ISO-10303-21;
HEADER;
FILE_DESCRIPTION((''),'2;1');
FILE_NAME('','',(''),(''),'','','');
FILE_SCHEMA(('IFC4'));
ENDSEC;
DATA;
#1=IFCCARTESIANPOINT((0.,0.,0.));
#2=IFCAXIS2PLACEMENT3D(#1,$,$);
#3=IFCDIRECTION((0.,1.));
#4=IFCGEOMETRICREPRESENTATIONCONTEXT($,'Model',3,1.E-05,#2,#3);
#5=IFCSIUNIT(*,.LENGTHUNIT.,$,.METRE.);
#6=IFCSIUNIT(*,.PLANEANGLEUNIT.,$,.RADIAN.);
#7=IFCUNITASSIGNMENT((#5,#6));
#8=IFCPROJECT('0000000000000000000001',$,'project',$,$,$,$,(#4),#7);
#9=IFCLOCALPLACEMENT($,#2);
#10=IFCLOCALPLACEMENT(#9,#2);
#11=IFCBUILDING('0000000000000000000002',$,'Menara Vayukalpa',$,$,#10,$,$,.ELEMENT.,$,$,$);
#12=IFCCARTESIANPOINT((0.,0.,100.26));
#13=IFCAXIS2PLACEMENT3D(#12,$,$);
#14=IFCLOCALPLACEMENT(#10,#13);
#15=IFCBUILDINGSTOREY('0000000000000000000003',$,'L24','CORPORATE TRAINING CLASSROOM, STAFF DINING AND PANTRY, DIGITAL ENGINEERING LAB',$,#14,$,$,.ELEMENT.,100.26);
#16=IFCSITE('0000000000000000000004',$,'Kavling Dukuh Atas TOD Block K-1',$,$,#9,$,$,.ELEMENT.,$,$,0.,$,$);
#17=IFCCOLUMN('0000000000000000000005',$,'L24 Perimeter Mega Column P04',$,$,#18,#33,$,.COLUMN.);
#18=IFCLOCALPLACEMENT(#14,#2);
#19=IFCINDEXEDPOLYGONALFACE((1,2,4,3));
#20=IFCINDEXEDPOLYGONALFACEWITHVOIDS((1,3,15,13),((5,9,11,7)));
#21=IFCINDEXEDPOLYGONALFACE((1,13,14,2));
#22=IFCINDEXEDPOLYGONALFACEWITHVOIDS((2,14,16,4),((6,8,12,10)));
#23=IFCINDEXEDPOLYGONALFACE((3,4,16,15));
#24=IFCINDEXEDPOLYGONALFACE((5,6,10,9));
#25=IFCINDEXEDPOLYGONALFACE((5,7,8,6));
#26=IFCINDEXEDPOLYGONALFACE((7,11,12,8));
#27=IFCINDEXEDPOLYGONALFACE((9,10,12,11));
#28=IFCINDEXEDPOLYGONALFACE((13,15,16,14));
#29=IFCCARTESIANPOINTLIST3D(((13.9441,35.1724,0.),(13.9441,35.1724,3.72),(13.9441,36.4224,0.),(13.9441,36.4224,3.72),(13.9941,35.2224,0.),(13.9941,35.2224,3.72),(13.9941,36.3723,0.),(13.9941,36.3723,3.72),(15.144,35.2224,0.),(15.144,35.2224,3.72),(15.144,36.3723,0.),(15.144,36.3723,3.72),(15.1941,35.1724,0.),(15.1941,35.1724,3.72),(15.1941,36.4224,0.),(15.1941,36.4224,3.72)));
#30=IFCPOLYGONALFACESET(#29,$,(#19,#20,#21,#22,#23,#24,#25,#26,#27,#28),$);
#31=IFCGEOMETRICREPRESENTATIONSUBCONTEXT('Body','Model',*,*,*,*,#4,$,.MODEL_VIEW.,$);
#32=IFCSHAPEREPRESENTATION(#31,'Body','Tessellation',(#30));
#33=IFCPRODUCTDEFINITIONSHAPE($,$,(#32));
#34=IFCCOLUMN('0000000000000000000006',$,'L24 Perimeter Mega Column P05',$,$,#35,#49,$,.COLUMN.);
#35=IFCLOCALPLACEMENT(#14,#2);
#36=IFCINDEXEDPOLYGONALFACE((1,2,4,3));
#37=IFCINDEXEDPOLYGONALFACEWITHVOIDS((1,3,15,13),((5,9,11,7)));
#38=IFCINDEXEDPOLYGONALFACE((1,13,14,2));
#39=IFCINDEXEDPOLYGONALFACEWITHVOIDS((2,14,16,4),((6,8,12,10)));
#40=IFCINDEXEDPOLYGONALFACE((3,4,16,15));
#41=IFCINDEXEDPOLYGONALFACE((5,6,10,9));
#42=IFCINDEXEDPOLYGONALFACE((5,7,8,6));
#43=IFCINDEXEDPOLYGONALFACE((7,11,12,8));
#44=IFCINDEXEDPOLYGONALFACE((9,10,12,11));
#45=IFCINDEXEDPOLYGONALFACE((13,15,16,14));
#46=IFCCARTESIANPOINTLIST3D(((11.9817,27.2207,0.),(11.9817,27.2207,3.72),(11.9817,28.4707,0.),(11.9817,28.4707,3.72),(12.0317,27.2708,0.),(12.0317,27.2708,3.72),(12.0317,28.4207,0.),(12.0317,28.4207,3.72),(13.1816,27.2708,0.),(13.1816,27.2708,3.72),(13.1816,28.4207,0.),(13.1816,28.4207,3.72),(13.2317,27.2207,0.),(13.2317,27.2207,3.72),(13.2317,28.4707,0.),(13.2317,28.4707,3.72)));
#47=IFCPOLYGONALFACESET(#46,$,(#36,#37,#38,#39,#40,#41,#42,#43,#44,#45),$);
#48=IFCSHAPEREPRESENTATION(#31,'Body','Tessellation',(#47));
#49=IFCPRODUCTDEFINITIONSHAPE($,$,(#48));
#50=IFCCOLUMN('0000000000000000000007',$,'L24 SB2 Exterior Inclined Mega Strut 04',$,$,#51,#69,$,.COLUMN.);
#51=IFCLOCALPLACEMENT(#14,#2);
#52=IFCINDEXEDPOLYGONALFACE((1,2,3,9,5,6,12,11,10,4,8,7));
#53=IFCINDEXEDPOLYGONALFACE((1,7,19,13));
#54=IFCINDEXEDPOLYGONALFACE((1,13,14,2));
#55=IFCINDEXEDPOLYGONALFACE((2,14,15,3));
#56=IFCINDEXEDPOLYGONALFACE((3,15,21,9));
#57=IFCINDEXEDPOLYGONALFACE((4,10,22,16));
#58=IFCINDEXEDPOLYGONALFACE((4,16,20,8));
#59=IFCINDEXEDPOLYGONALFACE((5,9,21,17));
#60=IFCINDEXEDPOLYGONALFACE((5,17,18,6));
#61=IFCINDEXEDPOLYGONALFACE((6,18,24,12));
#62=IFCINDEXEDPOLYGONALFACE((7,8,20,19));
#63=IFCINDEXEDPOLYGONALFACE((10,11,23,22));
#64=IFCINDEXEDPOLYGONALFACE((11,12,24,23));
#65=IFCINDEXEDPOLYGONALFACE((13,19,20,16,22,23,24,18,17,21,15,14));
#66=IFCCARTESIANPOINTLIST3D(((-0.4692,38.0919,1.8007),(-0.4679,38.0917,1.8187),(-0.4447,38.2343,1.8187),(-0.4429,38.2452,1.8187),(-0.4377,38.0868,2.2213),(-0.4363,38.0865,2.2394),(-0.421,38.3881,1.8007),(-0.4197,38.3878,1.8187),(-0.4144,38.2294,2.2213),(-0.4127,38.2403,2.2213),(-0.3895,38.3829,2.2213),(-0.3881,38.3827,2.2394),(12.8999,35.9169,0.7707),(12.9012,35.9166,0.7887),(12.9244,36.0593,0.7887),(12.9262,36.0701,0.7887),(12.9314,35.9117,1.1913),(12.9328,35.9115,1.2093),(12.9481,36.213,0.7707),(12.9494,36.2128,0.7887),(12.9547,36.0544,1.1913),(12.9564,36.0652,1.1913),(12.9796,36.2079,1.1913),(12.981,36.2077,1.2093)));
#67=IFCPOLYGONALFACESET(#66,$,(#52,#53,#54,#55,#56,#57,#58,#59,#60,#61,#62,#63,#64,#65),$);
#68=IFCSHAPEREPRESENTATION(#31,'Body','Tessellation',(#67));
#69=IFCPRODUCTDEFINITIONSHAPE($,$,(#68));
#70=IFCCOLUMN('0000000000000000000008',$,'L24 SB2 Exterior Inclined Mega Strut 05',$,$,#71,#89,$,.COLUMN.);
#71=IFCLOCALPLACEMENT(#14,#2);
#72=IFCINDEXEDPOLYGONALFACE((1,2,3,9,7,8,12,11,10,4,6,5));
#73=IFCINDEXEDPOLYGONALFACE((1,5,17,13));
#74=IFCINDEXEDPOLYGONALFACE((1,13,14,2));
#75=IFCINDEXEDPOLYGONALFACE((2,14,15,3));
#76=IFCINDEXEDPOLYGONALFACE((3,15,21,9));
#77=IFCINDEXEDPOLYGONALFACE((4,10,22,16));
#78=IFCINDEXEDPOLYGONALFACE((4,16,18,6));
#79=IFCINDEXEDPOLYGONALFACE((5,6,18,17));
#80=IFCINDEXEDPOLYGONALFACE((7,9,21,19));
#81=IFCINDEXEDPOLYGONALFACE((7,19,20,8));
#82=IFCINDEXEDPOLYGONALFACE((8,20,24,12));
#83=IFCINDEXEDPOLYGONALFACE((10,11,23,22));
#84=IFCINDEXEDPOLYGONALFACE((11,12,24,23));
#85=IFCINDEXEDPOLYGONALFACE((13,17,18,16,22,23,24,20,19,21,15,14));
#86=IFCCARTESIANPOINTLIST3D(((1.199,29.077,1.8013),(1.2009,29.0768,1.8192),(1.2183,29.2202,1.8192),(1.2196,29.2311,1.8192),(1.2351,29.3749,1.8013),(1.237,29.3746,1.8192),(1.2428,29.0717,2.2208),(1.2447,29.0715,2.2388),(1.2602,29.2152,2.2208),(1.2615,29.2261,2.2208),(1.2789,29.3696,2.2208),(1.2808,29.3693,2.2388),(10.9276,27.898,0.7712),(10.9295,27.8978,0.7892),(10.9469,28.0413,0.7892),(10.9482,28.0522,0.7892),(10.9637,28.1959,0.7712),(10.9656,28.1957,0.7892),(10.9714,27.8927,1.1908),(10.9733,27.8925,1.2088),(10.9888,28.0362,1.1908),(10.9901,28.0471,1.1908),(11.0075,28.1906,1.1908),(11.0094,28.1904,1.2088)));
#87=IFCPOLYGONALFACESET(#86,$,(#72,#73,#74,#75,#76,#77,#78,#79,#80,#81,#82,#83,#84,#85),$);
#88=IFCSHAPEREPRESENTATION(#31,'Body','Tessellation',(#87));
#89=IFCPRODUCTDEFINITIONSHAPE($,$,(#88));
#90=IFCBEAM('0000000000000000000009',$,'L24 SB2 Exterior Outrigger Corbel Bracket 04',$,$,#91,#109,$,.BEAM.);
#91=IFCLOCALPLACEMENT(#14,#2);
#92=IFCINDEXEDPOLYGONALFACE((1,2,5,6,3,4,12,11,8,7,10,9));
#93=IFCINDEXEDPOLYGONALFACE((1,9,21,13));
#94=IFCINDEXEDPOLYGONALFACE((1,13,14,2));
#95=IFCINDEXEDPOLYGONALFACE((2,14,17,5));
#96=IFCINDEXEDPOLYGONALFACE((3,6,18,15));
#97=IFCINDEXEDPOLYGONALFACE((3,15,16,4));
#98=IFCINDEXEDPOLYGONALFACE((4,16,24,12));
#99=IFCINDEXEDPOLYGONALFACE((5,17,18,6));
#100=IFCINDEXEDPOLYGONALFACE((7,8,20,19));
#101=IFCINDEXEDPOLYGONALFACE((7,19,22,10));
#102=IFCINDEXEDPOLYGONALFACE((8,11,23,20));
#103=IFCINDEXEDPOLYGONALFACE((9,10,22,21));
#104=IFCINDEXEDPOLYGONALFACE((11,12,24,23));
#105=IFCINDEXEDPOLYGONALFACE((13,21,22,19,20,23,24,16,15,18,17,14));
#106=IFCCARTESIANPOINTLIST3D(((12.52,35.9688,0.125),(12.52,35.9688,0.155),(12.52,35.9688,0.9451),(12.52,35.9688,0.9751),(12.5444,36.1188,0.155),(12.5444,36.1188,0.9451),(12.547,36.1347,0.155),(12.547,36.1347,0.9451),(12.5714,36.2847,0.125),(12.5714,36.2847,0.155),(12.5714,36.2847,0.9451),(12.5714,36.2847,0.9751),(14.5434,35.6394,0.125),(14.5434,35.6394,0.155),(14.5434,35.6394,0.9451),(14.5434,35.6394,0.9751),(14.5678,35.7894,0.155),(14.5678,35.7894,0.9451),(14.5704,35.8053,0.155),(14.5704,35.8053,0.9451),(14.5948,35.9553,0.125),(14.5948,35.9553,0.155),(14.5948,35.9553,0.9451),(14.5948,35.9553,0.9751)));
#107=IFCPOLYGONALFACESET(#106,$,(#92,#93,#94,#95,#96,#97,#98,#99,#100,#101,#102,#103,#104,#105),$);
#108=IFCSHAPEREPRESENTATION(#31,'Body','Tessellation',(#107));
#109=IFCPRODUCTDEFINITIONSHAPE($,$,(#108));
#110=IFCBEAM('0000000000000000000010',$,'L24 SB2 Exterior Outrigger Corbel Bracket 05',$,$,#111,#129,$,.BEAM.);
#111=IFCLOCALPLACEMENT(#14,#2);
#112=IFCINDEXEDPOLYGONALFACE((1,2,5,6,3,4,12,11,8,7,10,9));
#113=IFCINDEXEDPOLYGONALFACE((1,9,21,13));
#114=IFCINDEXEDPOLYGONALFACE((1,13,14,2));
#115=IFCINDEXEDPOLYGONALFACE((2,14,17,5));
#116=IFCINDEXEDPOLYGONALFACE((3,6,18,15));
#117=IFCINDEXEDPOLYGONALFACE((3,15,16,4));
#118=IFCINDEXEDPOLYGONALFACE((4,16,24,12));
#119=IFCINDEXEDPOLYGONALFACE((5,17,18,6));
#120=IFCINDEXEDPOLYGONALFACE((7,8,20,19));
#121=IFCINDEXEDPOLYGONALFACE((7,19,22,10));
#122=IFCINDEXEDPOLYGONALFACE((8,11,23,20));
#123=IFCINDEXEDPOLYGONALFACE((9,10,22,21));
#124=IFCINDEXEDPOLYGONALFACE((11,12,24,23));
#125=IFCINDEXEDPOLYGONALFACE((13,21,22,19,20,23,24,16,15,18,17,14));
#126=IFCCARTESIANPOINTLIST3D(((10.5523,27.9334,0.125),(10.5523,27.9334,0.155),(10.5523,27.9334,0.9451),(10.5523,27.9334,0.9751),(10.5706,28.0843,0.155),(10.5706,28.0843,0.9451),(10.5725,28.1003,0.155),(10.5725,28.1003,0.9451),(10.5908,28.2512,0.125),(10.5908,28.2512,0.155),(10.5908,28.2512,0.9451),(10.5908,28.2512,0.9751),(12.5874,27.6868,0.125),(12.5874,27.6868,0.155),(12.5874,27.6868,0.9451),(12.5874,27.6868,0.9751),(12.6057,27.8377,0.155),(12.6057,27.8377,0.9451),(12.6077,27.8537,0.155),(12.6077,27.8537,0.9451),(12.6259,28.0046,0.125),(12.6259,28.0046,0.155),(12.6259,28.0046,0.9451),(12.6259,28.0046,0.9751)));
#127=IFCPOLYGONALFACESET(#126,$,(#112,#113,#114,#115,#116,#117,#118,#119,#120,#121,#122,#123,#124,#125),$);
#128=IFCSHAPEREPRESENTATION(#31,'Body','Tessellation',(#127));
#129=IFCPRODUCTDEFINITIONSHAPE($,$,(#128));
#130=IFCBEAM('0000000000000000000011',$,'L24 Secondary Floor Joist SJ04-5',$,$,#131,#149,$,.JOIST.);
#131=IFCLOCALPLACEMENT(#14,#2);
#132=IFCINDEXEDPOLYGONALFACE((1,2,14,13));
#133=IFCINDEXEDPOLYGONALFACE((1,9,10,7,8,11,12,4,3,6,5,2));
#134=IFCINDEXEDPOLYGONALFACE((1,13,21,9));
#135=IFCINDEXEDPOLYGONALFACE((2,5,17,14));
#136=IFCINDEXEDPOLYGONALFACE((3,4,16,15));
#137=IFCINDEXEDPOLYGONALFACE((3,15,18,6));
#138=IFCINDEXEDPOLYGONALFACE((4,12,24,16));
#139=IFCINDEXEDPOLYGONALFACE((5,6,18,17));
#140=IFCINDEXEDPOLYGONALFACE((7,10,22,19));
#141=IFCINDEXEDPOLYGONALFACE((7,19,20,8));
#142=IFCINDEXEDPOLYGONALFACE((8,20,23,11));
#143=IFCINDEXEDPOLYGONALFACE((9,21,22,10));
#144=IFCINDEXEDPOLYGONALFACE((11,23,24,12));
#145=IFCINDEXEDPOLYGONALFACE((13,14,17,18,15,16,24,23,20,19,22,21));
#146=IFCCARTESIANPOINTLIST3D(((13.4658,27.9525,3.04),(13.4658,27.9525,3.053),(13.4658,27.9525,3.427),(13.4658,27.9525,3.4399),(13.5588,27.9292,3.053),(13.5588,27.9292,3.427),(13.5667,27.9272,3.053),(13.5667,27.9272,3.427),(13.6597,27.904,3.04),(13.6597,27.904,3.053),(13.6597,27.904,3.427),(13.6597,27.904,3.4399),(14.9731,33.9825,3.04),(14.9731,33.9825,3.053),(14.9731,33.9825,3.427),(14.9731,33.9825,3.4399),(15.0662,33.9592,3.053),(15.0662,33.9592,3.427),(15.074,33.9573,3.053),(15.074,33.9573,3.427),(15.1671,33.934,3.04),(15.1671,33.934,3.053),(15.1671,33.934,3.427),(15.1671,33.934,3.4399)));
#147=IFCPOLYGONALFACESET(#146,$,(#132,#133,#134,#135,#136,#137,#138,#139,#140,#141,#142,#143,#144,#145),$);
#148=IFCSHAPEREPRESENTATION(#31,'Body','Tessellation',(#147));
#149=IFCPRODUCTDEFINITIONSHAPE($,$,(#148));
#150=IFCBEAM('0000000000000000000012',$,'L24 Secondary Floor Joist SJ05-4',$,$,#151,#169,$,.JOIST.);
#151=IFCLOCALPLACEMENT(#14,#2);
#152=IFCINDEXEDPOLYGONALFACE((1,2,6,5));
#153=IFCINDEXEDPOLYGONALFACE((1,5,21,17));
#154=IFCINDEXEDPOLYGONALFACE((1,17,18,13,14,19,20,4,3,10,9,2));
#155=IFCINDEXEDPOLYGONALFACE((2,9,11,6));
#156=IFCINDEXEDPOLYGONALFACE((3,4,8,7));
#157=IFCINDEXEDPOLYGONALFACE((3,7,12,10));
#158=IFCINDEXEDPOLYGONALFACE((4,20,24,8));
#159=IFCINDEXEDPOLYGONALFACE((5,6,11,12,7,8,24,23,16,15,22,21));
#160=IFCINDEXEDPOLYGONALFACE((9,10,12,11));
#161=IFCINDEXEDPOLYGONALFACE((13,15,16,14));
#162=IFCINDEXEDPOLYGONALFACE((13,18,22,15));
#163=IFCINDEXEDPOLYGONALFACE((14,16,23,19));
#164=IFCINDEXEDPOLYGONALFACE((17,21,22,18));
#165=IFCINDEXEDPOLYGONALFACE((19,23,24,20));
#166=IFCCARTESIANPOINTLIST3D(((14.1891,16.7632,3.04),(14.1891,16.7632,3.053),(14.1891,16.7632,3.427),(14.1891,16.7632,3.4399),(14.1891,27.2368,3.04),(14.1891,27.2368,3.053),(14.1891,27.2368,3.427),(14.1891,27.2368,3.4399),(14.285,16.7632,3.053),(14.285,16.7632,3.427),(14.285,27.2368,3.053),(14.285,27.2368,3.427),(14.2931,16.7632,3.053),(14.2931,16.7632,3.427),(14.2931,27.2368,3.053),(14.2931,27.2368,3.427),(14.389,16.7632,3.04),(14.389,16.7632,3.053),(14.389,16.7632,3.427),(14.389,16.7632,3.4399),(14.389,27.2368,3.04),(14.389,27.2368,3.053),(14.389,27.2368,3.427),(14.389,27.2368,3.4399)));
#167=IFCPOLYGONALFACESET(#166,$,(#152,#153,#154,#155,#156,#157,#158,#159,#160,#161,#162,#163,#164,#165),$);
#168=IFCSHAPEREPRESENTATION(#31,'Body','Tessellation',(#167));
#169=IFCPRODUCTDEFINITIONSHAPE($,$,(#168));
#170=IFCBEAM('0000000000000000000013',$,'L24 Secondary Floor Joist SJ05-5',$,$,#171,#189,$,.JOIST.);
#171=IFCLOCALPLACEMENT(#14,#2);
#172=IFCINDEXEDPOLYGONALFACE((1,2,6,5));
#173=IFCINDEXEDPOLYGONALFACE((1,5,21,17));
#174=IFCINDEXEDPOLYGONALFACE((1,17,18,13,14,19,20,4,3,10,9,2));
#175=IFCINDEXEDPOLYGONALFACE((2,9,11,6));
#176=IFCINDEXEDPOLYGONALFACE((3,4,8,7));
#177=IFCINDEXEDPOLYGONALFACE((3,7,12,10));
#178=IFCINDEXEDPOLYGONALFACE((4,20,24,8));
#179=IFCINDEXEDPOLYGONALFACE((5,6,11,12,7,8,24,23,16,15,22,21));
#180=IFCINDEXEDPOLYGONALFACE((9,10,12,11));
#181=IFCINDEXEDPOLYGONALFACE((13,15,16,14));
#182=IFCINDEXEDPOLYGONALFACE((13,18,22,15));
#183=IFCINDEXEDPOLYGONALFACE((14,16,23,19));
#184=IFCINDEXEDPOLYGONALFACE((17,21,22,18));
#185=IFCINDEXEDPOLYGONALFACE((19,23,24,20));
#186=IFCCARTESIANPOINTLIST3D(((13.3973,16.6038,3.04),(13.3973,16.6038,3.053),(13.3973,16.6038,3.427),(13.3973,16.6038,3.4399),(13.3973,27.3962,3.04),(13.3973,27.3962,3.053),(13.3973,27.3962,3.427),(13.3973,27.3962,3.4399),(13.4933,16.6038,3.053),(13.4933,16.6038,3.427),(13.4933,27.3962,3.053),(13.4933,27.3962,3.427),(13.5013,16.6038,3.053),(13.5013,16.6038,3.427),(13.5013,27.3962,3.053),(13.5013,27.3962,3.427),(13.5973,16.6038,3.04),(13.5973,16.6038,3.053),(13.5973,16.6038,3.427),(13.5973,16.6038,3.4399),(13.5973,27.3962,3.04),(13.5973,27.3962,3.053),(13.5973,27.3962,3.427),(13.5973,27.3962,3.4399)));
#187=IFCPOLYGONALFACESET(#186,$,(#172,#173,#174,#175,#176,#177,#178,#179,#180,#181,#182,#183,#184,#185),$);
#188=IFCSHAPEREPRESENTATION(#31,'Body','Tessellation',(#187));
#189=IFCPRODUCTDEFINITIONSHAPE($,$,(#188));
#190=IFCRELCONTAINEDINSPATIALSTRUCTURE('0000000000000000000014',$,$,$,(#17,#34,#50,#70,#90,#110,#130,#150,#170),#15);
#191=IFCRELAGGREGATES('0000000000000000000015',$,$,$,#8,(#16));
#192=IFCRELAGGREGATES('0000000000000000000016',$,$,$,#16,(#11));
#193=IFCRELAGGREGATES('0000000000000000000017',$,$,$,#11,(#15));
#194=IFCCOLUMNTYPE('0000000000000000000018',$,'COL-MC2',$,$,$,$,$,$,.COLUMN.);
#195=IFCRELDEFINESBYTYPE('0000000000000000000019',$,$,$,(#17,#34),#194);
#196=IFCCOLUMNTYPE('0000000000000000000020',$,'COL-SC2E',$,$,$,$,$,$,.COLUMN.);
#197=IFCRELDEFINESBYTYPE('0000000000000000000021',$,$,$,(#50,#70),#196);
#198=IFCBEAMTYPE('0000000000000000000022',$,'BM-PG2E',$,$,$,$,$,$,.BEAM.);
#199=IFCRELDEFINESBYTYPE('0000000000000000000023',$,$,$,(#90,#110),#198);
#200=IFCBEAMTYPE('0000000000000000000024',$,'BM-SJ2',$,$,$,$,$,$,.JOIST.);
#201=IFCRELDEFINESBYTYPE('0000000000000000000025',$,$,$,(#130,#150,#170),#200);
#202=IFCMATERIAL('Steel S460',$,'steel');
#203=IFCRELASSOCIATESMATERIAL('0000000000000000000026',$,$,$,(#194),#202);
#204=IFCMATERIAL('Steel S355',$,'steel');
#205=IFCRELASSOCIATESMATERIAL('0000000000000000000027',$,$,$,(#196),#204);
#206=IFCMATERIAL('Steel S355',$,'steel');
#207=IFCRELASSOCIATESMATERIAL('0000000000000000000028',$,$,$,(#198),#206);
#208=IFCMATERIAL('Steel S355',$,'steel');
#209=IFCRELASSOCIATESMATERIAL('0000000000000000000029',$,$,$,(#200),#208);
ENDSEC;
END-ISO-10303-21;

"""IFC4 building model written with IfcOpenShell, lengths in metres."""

from ifc_helpers import new_model, si_unit, direction, frame, origin, origin_2d, place, context, subcontext, project, spatial, hollow_rectangle, i_section, extrude, material, material_profile, profile_set, type_object, element, save


model = new_model("IFC4")

# Units and contexts
model_context = context("Model", 3, precision=1e-05, world=origin(), true_north=direction((0.0, 1.0)))
body_context = subcontext(model_context, "Body", "Model", "MODEL_VIEW")
ifc_project = project(units=[si_unit("LENGTHUNIT", "METRE"), si_unit("PLANEANGLEUNIT", "RADIAN")], contexts=[model_context])

# Site, building, storey
site_placement = place(None, origin())
site = spatial("IfcSite", under=ifc_project, at=site_placement, Name="Kavling Dukuh Atas TOD Block K-1", CompositionType="ELEMENT", RefElevation=0.0)
building_placement = place(site_placement, origin())
building = spatial("IfcBuilding", under=site, at=building_placement, Name="Menara Vayukalpa", CompositionType="ELEMENT")
storey_placement = place(building_placement, frame((0.0, 0.0, 100.26)))
storey = spatial("IfcBuildingStorey", under=building, at=storey_placement, Name="L24", Description="CORPORATE TRAINING CLASSROOM, STAFF DINING AND PANTRY, DIGITAL ENGINEERING LAB", CompositionType="ELEMENT", Elevation=100.26)

# Columns
ifc_material_1 = material(Name="Steel S460", Category="steel")
ifc_material_profile_1 = material_profile(ifc_material_1, hollow_rectangle(XDim=1.25, YDim=1.25, WallThickness=0.05, at=origin_2d()), Name="BOX 1250x1250x50")
ifc_profile_set_1 = profile_set([ifc_material_profile_1], Name="Steel S460")
column_type_1 = type_object("IfcColumnType", Name="COL-MC2", PredefinedType="COLUMN", material=ifc_profile_set_1)
for number, where, z_axis, x_axis, name in (
    (1, (14.5691, 35.7974, 0.0), (0.0, 0.0, 1.0), (1.0, 0.0, 0.0), "L24 Perimeter Mega Column P04"),
    (2, (12.6067, 27.8457, 0.0), (0.0, 0.0, 1.0), (1.0, 0.0, 0.0), "L24 Perimeter Mega Column P05"),
):
    element("IfcColumn", number, at=place(storey_placement, frame(where, z_axis=z_axis, x_axis=x_axis)), inside=storey, type_object=column_type_1, Name=name, PredefinedType="COLUMN", context=body_context, shape_type="SweptSolid", body=[
        extrude(hollow_rectangle(XDim=1.25, YDim=1.25, WallThickness=0.05, at=origin_2d()), origin(), (0.0, 0.0, 1.0), 3.72),
    ])
ifc_material_2 = material(Name="Steel S355", Category="steel")
ifc_material_profile_2 = material_profile(ifc_material_2, i_section(OverallWidth=0.3, OverallDepth=0.4399, WebThickness=0.011, FlangeThickness=0.0181, at=origin_2d()), Name="H 440x300x11x18")
ifc_profile_set_2 = profile_set([ifc_material_profile_2], Name="Steel S355")
column_type_2 = type_object("IfcColumnType", Name="COL-SC2E", PredefinedType="COLUMN", material=ifc_profile_set_2)
column_1_placement = place(storey_placement, frame((12.9404, 36.0623, 0.99), z_axis=(-0.984181, 0.160118, 0.075827), x_axis=(-0.16058, -0.987023, 0.0)))
element("IfcColumn", 3, at=column_1_placement, inside=storey, type_object=column_type_2, Name="L24 SB2 Exterior Inclined Mega Strut 04", PredefinedType="COLUMN", context=body_context, shape_type="SweptSolid", body=[
    extrude(i_section(OverallWidth=0.3, OverallDepth=0.4399, WebThickness=0.011, FlangeThickness=0.0181, at=origin_2d()), origin(), (0.0, 0.0, 1.0), 13.584),
])
column_2_placement = place(storey_placement, frame((10.9685, 28.0442, 0.99), z_axis=(-0.987298, 0.119646, 0.104533), x_axis=(-0.120305, -0.992737, 0.0)))
element("IfcColumn", 4, at=column_2_placement, inside=storey, type_object=column_type_2, Name="L24 SB2 Exterior Inclined Mega Strut 05", PredefinedType="COLUMN", context=body_context, shape_type="SweptSolid", body=[
    extrude(i_section(OverallWidth=0.3, OverallDepth=0.4399, WebThickness=0.011, FlangeThickness=0.0181, at=origin_2d()), origin(), (0.0, 0.0, 1.0), 9.8538),
])

# Beams
ifc_material_3 = material(Name="Steel S355", Category="steel")
ifc_material_profile_3 = material_profile(ifc_material_3, i_section(OverallWidth=0.3201, OverallDepth=0.8501, WebThickness=0.0161, FlangeThickness=0.03, at=origin_2d()), Name="WF 850x320x16x30")
ifc_profile_set_3 = profile_set([ifc_material_profile_3], Name="Steel S355")
beam_type_1 = type_object("IfcBeamType", Name="BM-PG2E", PredefinedType="BEAM", material=ifc_profile_set_3)
for number, where, z_axis, x_axis, name in (
    (5, (14.5691, 35.7974, 0.55), (-0.987011, 0.160651, 0.0), (-0.160651, -0.987011, 0.0), "L24 SB2 Exterior Outrigger Corbel Bracket 04"),
    (6, (12.6067, 27.8457, 0.55), (-0.99274, 0.120282, 0.0), (-0.120282, -0.99274, 0.0), "L24 SB2 Exterior Outrigger Corbel Bracket 05"),
):
    element("IfcBeam", number, at=place(storey_placement, frame(where, z_axis=z_axis, x_axis=x_axis)), inside=storey, type_object=beam_type_1, Name=name, PredefinedType="BEAM", context=body_context, shape_type="SweptSolid", body=[
        extrude(i_section(OverallWidth=0.3201, OverallDepth=0.8501, WebThickness=0.0161, FlangeThickness=0.03, at=origin_2d()), origin(), (0.0, 0.0, 1.0), 2.05),
    ])
ifc_material_4 = material(Name="Steel S355", Category="steel")
ifc_material_profile_4 = material_profile(ifc_material_4, i_section(OverallWidth=0.2, OverallDepth=0.3999, WebThickness=0.0081, FlangeThickness=0.0129, at=origin_2d()), Name="WF 400x200x8x13")
ifc_profile_set_4 = profile_set([ifc_material_profile_4], Name="Steel S355")
beam_type_2 = type_object("IfcBeamType", Name="BM-SJ2", PredefinedType="JOIST", material=ifc_profile_set_4)
beam_1_placement = place(storey_placement, frame((15.0701, 33.9583, 3.24), z_axis=(-0.242508, -0.970149, 0.0), x_axis=(0.970149, -0.242508, 0.0)))
element("IfcBeam", 7, at=beam_1_placement, inside=storey, type_object=beam_type_2, Name="L24 Secondary Floor Joist SJ04-5", PredefinedType="JOIST", context=body_context, shape_type="SweptSolid", body=[
    extrude(i_section(OverallWidth=0.2, OverallDepth=0.3999, WebThickness=0.0081, FlangeThickness=0.0129, at=origin_2d()), origin(), (0.0, 0.0, 1.0), 6.2156),
])
beam_2_placement = place(storey_placement, frame((14.2891, 27.2368, 3.24), z_axis=(0.0, -1.0, 0.0), x_axis=(1.0, 0.0, 0.0)))
element("IfcBeam", 8, at=beam_2_placement, inside=storey, type_object=beam_type_2, Name="L24 Secondary Floor Joist SJ05-4", PredefinedType="JOIST", context=body_context, shape_type="SweptSolid", body=[
    extrude(i_section(OverallWidth=0.2, OverallDepth=0.3999, WebThickness=0.0081, FlangeThickness=0.0129, at=origin_2d()), origin(), (0.0, 0.0, 1.0), 10.4736),
])
beam_3_placement = place(storey_placement, frame((13.4973, 27.3962, 3.24), z_axis=(0.0, -1.0, 0.0), x_axis=(1.0, 0.0, 0.0)))
element("IfcBeam", 9, at=beam_3_placement, inside=storey, type_object=beam_type_2, Name="L24 Secondary Floor Joist SJ05-5", PredefinedType="JOIST", context=body_context, shape_type="SweptSolid", body=[
    extrude(i_section(OverallWidth=0.2, OverallDepth=0.3999, WebThickness=0.0081, FlangeThickness=0.0129, at=origin_2d()), origin(), (0.0, 0.0, 1.0), 10.7925),
])

save(model, "model.ifc")
